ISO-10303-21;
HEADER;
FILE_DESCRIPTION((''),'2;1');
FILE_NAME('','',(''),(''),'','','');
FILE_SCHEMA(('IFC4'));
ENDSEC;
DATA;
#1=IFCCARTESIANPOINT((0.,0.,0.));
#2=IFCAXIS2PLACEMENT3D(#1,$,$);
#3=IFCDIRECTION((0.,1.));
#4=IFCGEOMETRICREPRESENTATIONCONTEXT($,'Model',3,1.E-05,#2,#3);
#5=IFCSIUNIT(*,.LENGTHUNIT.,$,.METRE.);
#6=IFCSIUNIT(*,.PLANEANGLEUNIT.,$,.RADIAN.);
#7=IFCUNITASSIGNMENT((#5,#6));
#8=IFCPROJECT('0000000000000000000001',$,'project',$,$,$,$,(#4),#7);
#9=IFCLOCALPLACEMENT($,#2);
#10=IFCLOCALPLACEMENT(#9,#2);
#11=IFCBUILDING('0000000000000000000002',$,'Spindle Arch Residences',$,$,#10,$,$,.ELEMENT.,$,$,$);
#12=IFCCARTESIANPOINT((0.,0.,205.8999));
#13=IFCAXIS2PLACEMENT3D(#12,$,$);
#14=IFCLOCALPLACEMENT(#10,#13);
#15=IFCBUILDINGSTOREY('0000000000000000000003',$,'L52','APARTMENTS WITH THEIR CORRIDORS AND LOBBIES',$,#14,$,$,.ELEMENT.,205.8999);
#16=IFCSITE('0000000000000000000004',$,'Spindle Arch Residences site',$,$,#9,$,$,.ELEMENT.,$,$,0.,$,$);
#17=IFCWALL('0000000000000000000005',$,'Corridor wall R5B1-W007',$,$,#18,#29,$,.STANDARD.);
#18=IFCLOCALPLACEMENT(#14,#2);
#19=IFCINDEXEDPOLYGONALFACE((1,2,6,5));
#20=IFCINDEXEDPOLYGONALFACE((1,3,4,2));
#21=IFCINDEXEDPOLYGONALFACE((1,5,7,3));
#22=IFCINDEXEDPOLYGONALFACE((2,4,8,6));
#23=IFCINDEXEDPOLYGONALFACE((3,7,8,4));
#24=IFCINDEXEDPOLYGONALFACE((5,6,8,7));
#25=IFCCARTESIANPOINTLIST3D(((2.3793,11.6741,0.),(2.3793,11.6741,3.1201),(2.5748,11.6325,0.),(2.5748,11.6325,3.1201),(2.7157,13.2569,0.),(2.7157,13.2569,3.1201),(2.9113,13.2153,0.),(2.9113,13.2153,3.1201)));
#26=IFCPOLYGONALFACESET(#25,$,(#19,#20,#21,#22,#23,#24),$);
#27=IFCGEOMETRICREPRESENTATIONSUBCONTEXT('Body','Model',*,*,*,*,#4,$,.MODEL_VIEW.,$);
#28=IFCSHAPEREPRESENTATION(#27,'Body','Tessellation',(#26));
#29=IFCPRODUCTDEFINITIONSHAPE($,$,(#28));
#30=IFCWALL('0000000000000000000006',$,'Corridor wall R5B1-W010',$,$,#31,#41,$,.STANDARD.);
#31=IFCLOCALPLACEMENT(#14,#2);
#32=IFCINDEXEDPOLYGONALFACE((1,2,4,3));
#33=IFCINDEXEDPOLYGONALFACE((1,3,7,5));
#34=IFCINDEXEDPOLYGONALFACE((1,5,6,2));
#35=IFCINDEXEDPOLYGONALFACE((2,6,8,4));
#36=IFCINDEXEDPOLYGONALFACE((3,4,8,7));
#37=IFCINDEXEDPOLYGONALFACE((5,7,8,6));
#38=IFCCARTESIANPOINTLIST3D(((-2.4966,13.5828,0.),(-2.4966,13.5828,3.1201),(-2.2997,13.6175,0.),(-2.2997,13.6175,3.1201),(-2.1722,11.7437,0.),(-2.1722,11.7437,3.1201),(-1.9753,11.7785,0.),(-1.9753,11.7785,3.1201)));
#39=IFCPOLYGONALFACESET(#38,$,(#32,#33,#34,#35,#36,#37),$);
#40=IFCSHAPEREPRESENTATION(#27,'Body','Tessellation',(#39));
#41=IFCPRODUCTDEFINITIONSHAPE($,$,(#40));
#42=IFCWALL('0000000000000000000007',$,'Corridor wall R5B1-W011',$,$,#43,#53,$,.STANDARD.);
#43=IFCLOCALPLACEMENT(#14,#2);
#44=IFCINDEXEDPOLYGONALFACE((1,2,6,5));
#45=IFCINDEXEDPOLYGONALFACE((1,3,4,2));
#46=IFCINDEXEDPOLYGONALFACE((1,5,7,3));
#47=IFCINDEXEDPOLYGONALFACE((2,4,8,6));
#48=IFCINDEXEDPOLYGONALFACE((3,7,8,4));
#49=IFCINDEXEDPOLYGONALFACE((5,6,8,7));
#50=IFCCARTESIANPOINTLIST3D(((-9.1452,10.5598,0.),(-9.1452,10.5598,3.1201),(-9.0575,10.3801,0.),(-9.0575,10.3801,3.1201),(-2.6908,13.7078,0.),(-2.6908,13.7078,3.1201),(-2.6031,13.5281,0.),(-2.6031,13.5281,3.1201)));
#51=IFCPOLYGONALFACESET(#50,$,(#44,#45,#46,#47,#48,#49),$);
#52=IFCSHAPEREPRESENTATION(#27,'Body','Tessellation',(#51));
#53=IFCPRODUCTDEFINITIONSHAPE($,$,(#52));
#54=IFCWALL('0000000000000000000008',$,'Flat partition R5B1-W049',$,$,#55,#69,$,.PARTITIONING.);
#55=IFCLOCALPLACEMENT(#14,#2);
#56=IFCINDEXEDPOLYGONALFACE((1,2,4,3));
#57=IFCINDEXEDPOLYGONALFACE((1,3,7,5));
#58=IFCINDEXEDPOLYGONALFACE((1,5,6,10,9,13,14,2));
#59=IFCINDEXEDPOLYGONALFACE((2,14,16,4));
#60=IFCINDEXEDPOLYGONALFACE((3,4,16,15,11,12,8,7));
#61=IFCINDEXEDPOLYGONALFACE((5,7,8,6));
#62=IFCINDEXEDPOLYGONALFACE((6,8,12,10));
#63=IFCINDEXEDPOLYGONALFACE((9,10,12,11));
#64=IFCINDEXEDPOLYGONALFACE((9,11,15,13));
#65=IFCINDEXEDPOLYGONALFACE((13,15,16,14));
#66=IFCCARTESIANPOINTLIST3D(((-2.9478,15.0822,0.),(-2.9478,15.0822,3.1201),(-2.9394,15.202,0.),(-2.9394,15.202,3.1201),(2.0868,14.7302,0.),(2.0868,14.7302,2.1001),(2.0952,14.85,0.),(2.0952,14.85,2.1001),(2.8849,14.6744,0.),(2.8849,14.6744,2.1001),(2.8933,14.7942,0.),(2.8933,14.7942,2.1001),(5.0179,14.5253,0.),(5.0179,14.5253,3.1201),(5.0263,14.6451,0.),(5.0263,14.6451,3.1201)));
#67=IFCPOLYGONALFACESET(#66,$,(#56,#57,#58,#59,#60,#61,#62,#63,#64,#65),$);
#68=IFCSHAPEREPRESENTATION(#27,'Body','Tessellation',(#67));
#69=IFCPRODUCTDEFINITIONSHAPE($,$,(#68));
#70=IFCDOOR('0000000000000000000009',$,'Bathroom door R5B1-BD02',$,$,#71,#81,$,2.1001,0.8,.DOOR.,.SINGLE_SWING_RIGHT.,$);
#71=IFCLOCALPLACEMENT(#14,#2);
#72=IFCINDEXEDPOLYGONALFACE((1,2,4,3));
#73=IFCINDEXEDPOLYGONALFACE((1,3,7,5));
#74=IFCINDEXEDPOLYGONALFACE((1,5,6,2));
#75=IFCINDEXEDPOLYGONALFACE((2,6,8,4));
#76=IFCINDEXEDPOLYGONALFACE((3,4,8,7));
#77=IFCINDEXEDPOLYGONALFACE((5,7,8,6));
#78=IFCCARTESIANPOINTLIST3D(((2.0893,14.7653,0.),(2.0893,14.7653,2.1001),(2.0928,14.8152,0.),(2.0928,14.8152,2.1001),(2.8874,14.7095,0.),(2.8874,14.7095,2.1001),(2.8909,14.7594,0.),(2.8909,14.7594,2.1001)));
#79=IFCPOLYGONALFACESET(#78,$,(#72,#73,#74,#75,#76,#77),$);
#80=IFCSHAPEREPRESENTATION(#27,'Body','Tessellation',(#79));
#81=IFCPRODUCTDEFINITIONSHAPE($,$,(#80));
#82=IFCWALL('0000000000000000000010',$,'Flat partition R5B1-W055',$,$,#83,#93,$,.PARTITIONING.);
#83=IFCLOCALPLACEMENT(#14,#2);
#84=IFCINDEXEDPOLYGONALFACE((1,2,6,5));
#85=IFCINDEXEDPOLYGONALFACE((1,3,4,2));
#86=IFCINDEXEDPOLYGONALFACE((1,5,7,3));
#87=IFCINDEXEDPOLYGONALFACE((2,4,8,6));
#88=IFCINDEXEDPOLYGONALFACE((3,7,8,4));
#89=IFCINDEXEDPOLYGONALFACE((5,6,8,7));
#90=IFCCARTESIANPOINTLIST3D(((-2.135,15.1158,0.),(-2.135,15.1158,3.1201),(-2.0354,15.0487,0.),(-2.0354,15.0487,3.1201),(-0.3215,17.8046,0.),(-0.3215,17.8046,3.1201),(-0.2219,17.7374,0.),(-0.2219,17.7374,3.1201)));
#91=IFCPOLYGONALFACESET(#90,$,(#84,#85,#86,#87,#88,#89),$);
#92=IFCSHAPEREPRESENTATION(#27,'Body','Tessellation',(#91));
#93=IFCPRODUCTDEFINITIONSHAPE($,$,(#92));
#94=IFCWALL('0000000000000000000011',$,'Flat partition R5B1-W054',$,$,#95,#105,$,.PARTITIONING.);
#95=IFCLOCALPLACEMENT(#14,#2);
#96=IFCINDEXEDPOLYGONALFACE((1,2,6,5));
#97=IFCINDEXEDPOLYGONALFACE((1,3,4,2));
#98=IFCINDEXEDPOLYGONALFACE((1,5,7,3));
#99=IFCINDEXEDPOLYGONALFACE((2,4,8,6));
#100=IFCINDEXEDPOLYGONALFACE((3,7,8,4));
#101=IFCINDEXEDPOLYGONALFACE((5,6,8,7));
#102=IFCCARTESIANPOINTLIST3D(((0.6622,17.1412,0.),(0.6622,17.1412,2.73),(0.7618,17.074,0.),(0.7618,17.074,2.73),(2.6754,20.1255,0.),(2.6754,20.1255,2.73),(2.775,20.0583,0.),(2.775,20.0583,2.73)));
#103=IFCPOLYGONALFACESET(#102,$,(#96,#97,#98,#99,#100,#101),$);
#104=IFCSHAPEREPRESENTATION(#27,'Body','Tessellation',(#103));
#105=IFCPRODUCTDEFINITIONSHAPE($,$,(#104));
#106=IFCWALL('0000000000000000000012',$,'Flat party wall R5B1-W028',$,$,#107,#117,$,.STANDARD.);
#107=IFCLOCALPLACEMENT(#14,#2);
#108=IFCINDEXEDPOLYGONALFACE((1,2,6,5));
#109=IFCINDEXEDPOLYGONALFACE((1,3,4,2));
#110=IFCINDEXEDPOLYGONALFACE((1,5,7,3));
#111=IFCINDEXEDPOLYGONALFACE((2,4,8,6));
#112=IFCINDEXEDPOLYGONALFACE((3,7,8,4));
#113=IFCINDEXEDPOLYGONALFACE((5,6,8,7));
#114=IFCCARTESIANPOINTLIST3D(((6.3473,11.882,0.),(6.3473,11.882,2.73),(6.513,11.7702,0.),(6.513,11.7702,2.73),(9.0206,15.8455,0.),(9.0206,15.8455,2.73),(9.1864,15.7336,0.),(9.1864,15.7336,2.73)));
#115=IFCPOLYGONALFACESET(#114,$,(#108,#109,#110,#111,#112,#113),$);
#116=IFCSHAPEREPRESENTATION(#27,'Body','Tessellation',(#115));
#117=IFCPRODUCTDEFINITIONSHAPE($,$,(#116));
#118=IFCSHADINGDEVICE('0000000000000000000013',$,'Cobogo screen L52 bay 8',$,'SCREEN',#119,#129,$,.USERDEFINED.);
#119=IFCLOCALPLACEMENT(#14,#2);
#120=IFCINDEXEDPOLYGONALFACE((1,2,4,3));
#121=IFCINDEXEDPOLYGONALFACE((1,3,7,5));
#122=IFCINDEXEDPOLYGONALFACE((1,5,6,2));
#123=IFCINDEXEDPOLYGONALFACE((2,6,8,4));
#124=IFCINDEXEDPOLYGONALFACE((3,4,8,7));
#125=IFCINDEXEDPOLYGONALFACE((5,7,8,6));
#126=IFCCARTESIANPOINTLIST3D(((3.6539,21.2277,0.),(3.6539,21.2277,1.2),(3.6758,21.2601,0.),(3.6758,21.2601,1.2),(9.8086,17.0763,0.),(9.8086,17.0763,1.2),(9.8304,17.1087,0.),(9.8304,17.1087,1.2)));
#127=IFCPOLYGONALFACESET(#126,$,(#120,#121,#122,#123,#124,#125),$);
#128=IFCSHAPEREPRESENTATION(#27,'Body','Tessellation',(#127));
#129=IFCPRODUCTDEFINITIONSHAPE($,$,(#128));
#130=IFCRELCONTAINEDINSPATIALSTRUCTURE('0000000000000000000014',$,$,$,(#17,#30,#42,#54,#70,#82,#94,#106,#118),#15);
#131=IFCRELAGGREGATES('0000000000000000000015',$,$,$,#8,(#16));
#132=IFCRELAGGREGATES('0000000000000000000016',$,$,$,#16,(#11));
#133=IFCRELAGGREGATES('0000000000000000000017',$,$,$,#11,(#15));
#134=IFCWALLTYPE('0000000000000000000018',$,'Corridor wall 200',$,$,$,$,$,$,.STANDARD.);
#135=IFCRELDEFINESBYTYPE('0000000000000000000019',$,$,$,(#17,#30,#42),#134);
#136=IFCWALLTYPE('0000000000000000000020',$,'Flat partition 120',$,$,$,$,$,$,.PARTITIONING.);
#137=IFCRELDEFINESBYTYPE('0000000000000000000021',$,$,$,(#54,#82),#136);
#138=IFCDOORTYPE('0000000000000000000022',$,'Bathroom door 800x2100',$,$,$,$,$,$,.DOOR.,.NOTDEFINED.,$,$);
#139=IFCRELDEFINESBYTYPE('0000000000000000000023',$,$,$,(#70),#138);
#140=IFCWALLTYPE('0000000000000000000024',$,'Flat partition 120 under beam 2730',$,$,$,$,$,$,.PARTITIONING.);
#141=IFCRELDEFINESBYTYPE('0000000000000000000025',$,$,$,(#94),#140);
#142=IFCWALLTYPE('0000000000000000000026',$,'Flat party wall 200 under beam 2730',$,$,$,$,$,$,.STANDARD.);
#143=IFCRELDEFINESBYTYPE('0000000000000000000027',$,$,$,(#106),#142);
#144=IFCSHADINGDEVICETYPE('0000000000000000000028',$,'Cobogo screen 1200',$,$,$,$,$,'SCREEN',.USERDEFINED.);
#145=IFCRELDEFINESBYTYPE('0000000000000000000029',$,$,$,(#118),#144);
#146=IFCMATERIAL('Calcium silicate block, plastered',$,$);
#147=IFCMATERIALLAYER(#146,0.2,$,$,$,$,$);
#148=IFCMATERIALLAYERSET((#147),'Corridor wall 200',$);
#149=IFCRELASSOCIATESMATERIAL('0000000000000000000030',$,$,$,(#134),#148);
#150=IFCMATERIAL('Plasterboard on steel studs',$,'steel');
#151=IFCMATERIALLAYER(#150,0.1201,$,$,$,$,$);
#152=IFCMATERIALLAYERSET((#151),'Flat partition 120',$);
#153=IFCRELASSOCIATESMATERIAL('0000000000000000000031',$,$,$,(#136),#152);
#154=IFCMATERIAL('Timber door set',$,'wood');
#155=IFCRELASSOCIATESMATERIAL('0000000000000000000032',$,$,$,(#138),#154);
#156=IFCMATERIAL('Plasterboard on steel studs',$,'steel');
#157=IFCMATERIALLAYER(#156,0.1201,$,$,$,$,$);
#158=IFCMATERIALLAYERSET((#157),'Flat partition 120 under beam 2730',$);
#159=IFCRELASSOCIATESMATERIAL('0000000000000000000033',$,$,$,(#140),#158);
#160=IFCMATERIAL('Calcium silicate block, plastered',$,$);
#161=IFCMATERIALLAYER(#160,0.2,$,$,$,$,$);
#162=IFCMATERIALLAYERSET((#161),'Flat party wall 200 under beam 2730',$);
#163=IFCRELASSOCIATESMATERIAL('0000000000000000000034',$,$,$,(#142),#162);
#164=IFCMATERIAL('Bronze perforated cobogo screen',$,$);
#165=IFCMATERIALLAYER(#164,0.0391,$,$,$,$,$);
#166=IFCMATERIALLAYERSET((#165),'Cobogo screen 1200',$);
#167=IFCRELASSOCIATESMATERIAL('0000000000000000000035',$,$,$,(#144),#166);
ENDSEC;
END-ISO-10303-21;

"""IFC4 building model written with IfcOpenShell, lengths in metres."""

from ifc_helpers import new_model, si_unit, direction, frame, frame_2d, origin, origin_2d, place, context, subcontext, project, spatial, rectangle, extrude, material, layer, layer_set, type_object, element, fill, save


model = new_model("IFC4")

# Units and contexts
model_context = context("Model", 3, precision=1e-05, world=origin(), true_north=direction((0.0, 1.0)))
body_context = subcontext(model_context, "Body", "Model", "MODEL_VIEW")
ifc_project = project(units=[si_unit("LENGTHUNIT", "METRE"), si_unit("PLANEANGLEUNIT", "RADIAN")], contexts=[model_context])

# Site, building, storey
site_placement = place(None, origin())
site = spatial("IfcSite", under=ifc_project, at=site_placement, Name="Spindle Arch Residences site", CompositionType="ELEMENT", RefElevation=0.0)
building_placement = place(site_placement, origin())
building = spatial("IfcBuilding", under=site, at=building_placement, Name="Spindle Arch Residences", CompositionType="ELEMENT")
storey_placement = place(building_placement, frame((0.0, 0.0, 205.8999)))
storey = spatial("IfcBuildingStorey", under=building, at=storey_placement, Name="L52", Description="APARTMENTS WITH THEIR CORRIDORS AND LOBBIES", CompositionType="ELEMENT", Elevation=205.8999)

# Walls
ifc_material_1 = material(Name="Calcium silicate block, plastered")
ifc_layer_1 = layer(ifc_material_1, 0.2)
ifc_layer_set_1 = layer_set([ifc_layer_1], Name="Corridor wall 200")
wall_type_1 = type_object("IfcWallType", Name="Corridor wall 200", PredefinedType="STANDARD", material=ifc_layer_set_1)
wall_1_placement = place(storey_placement, frame((2.8135, 13.2361, 0.0), z_axis=(0.0, 0.0, 1.0), x_axis=(-0.207911, -0.978148, 0.0)))
element("IfcWall", 1, at=wall_1_placement, inside=storey, type_object=wall_type_1, Name="Corridor wall R5B1-W007", PredefinedType="STANDARD", context=body_context, shape_type="SweptSolid", body=[
    extrude(rectangle(XDim=1.6182, YDim=0.2, at=frame_2d((0.8091, 0.0))), origin(), (0.0, 0.0, 1.0), 3.1201),
])
wall_2_placement = place(storey_placement, frame((-2.0737, 11.7612, 0.0), z_axis=(0.0, 0.0, 1.0), x_axis=(-0.173741, 0.984791, 0.0)))
element("IfcWall", 2, at=wall_2_placement, inside=storey, type_object=wall_type_1, Name="Corridor wall R5B1-W010", PredefinedType="STANDARD", context=body_context, shape_type="SweptSolid", body=[
    extrude(rectangle(XDim=1.8674, YDim=0.2, at=frame_2d((0.9336, 0.0))), origin(), (0.0, 0.0, 1.0), 3.1201),
])
wall_3_placement = place(storey_placement, frame((-2.647, 13.6179, 0.0), z_axis=(0.0, 0.0, 1.0), x_axis=(-0.898797, -0.438366, 0.0)))
element("IfcWall", 3, at=wall_3_placement, inside=storey, type_object=wall_type_1, Name="Corridor wall R5B1-W011", PredefinedType="STANDARD", context=body_context, shape_type="SweptSolid", body=[
    extrude(rectangle(XDim=7.1812, YDim=0.2, at=frame_2d((3.5906, 0.0))), origin(), (0.0, 0.0, 1.0), 3.1201),
])

# Wall, opening, door
ifc_material_2 = material(Name="Plasterboard on steel studs", Category="steel")
ifc_layer_2 = layer(ifc_material_2, 0.1201)
ifc_layer_set_2 = layer_set([ifc_layer_2], Name="Flat partition 120")
wall_type_2 = type_object("IfcWallType", Name="Flat partition 120", PredefinedType="PARTITIONING", material=ifc_layer_set_2)
wall_4_placement = place(storey_placement, frame((5.0222, 14.5852, 0.0), z_axis=(0.0, 0.0, 1.0), x_axis=(-0.997565, 0.069741, 0.0)))
wall_4 = element("IfcWall", 4, at=wall_4_placement, inside=storey, type_object=wall_type_2, Name="Flat partition R5B1-W049", PredefinedType="PARTITIONING", context=body_context, shape_type="SweptSolid", body=[
    extrude(rectangle(XDim=7.9851, YDim=0.1201, at=frame_2d((3.9927, 0.0))), origin(), (0.0, 0.0, 1.0), 3.1201),
])
opening_1_placement = place(wall_4_placement, frame((2.1384, 0.0, 0.0)))
opening_1 = element("IfcOpeningElement", 5, at=opening_1_placement, cuts=wall_4, PredefinedType="OPENING", context=body_context, shape_type="SweptSolid", body=[
    extrude(rectangle(XDim=0.8, YDim=2.1001, at=frame_2d((0.3999, 1.05))), frame((0.0, 0.0701, 0.0), z_axis=(0.0, -1.0, 0.0), x_axis=(1.0, 0.0, 0.0)), (0.0, 0.0, 1.0), 0.1401),
])
ifc_material_3 = material(Name="Timber door set", Category="wood")
door_type_1 = type_object("IfcDoorType", Name="Bathroom door 800x2100", OperationType="NOTDEFINED", PredefinedType="DOOR", material=ifc_material_3)
door_1_placement = place(opening_1_placement, origin())
door_1 = element("IfcDoor", 6, at=door_1_placement, inside=storey, type_object=door_type_1, Name="Bathroom door R5B1-BD02", OperationType="SINGLE_SWING_RIGHT", OverallHeight=2.1001, OverallWidth=0.8, PredefinedType="DOOR", context=body_context, shape_type="SweptSolid", body=[
    extrude(rectangle(XDim=0.8, YDim=2.1001, at=frame_2d((0.3999, 1.05))), frame((0.0, 0.0249, 0.0), z_axis=(0.0, -1.0, 0.0), x_axis=(1.0, 0.0, 0.0)), (0.0, 0.0, 1.0), 0.05),
])
fill(opening_1, door_1)

# Walls
wall_5_placement = place(storey_placement, frame((-0.2717, 17.771, 0.0), z_axis=(0.0, 0.0, 1.0), x_axis=(-0.559174, -0.82905, 0.0)))
element("IfcWall", 7, at=wall_5_placement, inside=storey, type_object=wall_type_2, Name="Flat partition R5B1-W055", PredefinedType="PARTITIONING", context=body_context, shape_type="SweptSolid", body=[
    extrude(rectangle(XDim=3.2432, YDim=0.1201, at=frame_2d((1.6216, 0.0))), origin(), (0.0, 0.0, 1.0), 3.1201),
])
ifc_material_4 = material(Name="Plasterboard on steel studs", Category="steel")
ifc_layer_3 = layer(ifc_material_4, 0.1201)
ifc_layer_set_3 = layer_set([ifc_layer_3], Name="Flat partition 120 under beam 2730")
wall_type_3 = type_object("IfcWallType", Name="Flat partition 120 under beam 2730", PredefinedType="PARTITIONING", material=ifc_layer_set_3)
wall_6_placement = place(storey_placement, frame((2.7251, 20.0918, 0.0), z_axis=(0.0, 0.0, 1.0), x_axis=(-0.559231, -0.829012, 0.0)))
element("IfcWall", 8, at=wall_6_placement, inside=storey, type_object=wall_type_3, Name="Flat partition R5B1-W054", PredefinedType="PARTITIONING", context=body_context, shape_type="SweptSolid", body=[
    extrude(rectangle(XDim=3.5999, YDim=0.1201, at=frame_2d((1.7998, 0.0))), origin(), (0.0, 0.0, 1.0), 2.73),
])
ifc_material_5 = material(Name="Calcium silicate block, plastered")
ifc_layer_4 = layer(ifc_material_5, 0.2)
ifc_layer_set_4 = layer_set([ifc_layer_4], Name="Flat party wall 200 under beam 2730")
wall_type_4 = type_object("IfcWallType", Name="Flat party wall 200 under beam 2730", PredefinedType="STANDARD", material=ifc_layer_set_4)
wall_7_placement = place(storey_placement, frame((9.1035, 15.7896, 0.0), z_axis=(0.0, 0.0, 1.0), x_axis=(-0.559194, -0.829037, 0.0)))
element("IfcWall", 9, at=wall_7_placement, inside=storey, type_object=wall_type_4, Name="Flat party wall R5B1-W028", PredefinedType="STANDARD", context=body_context, shape_type="SweptSolid", body=[
    extrude(rectangle(XDim=4.7808, YDim=0.2, at=frame_2d((2.3904, 0.0))), origin(), (0.0, 0.0, 1.0), 2.73),
])

# Shading device
ifc_material_6 = material(Name="Bronze perforated cobogo screen")
ifc_layer_5 = layer(ifc_material_6, 0.0391)
ifc_layer_set_5 = layer_set([ifc_layer_5], Name="Cobogo screen 1200")
shading_device_type = type_object("IfcShadingDeviceType", Name="Cobogo screen 1200", ElementType="SCREEN", PredefinedType="USERDEFINED", material=ifc_layer_set_5)
shading_device_placement = place(storey_placement, frame((6.7422, 19.1682, 0.0), z_axis=(0.0, 0.0, 1.0), x_axis=(-0.829038, 0.559193, 0.0)))
element("IfcShadingDevice", 10, at=shading_device_placement, inside=storey, type_object=shading_device_type, Name="Cobogo screen L52 bay 8", ObjectType="SCREEN", PredefinedType="USERDEFINED", context=body_context, shape_type="SweptSolid", body=[
    extrude(rectangle(XDim=7.4238, YDim=0.0391, at=origin_2d()), origin(), (0.0, 0.0, 1.0), 1.2),
])

save(model, "model.ifc")
